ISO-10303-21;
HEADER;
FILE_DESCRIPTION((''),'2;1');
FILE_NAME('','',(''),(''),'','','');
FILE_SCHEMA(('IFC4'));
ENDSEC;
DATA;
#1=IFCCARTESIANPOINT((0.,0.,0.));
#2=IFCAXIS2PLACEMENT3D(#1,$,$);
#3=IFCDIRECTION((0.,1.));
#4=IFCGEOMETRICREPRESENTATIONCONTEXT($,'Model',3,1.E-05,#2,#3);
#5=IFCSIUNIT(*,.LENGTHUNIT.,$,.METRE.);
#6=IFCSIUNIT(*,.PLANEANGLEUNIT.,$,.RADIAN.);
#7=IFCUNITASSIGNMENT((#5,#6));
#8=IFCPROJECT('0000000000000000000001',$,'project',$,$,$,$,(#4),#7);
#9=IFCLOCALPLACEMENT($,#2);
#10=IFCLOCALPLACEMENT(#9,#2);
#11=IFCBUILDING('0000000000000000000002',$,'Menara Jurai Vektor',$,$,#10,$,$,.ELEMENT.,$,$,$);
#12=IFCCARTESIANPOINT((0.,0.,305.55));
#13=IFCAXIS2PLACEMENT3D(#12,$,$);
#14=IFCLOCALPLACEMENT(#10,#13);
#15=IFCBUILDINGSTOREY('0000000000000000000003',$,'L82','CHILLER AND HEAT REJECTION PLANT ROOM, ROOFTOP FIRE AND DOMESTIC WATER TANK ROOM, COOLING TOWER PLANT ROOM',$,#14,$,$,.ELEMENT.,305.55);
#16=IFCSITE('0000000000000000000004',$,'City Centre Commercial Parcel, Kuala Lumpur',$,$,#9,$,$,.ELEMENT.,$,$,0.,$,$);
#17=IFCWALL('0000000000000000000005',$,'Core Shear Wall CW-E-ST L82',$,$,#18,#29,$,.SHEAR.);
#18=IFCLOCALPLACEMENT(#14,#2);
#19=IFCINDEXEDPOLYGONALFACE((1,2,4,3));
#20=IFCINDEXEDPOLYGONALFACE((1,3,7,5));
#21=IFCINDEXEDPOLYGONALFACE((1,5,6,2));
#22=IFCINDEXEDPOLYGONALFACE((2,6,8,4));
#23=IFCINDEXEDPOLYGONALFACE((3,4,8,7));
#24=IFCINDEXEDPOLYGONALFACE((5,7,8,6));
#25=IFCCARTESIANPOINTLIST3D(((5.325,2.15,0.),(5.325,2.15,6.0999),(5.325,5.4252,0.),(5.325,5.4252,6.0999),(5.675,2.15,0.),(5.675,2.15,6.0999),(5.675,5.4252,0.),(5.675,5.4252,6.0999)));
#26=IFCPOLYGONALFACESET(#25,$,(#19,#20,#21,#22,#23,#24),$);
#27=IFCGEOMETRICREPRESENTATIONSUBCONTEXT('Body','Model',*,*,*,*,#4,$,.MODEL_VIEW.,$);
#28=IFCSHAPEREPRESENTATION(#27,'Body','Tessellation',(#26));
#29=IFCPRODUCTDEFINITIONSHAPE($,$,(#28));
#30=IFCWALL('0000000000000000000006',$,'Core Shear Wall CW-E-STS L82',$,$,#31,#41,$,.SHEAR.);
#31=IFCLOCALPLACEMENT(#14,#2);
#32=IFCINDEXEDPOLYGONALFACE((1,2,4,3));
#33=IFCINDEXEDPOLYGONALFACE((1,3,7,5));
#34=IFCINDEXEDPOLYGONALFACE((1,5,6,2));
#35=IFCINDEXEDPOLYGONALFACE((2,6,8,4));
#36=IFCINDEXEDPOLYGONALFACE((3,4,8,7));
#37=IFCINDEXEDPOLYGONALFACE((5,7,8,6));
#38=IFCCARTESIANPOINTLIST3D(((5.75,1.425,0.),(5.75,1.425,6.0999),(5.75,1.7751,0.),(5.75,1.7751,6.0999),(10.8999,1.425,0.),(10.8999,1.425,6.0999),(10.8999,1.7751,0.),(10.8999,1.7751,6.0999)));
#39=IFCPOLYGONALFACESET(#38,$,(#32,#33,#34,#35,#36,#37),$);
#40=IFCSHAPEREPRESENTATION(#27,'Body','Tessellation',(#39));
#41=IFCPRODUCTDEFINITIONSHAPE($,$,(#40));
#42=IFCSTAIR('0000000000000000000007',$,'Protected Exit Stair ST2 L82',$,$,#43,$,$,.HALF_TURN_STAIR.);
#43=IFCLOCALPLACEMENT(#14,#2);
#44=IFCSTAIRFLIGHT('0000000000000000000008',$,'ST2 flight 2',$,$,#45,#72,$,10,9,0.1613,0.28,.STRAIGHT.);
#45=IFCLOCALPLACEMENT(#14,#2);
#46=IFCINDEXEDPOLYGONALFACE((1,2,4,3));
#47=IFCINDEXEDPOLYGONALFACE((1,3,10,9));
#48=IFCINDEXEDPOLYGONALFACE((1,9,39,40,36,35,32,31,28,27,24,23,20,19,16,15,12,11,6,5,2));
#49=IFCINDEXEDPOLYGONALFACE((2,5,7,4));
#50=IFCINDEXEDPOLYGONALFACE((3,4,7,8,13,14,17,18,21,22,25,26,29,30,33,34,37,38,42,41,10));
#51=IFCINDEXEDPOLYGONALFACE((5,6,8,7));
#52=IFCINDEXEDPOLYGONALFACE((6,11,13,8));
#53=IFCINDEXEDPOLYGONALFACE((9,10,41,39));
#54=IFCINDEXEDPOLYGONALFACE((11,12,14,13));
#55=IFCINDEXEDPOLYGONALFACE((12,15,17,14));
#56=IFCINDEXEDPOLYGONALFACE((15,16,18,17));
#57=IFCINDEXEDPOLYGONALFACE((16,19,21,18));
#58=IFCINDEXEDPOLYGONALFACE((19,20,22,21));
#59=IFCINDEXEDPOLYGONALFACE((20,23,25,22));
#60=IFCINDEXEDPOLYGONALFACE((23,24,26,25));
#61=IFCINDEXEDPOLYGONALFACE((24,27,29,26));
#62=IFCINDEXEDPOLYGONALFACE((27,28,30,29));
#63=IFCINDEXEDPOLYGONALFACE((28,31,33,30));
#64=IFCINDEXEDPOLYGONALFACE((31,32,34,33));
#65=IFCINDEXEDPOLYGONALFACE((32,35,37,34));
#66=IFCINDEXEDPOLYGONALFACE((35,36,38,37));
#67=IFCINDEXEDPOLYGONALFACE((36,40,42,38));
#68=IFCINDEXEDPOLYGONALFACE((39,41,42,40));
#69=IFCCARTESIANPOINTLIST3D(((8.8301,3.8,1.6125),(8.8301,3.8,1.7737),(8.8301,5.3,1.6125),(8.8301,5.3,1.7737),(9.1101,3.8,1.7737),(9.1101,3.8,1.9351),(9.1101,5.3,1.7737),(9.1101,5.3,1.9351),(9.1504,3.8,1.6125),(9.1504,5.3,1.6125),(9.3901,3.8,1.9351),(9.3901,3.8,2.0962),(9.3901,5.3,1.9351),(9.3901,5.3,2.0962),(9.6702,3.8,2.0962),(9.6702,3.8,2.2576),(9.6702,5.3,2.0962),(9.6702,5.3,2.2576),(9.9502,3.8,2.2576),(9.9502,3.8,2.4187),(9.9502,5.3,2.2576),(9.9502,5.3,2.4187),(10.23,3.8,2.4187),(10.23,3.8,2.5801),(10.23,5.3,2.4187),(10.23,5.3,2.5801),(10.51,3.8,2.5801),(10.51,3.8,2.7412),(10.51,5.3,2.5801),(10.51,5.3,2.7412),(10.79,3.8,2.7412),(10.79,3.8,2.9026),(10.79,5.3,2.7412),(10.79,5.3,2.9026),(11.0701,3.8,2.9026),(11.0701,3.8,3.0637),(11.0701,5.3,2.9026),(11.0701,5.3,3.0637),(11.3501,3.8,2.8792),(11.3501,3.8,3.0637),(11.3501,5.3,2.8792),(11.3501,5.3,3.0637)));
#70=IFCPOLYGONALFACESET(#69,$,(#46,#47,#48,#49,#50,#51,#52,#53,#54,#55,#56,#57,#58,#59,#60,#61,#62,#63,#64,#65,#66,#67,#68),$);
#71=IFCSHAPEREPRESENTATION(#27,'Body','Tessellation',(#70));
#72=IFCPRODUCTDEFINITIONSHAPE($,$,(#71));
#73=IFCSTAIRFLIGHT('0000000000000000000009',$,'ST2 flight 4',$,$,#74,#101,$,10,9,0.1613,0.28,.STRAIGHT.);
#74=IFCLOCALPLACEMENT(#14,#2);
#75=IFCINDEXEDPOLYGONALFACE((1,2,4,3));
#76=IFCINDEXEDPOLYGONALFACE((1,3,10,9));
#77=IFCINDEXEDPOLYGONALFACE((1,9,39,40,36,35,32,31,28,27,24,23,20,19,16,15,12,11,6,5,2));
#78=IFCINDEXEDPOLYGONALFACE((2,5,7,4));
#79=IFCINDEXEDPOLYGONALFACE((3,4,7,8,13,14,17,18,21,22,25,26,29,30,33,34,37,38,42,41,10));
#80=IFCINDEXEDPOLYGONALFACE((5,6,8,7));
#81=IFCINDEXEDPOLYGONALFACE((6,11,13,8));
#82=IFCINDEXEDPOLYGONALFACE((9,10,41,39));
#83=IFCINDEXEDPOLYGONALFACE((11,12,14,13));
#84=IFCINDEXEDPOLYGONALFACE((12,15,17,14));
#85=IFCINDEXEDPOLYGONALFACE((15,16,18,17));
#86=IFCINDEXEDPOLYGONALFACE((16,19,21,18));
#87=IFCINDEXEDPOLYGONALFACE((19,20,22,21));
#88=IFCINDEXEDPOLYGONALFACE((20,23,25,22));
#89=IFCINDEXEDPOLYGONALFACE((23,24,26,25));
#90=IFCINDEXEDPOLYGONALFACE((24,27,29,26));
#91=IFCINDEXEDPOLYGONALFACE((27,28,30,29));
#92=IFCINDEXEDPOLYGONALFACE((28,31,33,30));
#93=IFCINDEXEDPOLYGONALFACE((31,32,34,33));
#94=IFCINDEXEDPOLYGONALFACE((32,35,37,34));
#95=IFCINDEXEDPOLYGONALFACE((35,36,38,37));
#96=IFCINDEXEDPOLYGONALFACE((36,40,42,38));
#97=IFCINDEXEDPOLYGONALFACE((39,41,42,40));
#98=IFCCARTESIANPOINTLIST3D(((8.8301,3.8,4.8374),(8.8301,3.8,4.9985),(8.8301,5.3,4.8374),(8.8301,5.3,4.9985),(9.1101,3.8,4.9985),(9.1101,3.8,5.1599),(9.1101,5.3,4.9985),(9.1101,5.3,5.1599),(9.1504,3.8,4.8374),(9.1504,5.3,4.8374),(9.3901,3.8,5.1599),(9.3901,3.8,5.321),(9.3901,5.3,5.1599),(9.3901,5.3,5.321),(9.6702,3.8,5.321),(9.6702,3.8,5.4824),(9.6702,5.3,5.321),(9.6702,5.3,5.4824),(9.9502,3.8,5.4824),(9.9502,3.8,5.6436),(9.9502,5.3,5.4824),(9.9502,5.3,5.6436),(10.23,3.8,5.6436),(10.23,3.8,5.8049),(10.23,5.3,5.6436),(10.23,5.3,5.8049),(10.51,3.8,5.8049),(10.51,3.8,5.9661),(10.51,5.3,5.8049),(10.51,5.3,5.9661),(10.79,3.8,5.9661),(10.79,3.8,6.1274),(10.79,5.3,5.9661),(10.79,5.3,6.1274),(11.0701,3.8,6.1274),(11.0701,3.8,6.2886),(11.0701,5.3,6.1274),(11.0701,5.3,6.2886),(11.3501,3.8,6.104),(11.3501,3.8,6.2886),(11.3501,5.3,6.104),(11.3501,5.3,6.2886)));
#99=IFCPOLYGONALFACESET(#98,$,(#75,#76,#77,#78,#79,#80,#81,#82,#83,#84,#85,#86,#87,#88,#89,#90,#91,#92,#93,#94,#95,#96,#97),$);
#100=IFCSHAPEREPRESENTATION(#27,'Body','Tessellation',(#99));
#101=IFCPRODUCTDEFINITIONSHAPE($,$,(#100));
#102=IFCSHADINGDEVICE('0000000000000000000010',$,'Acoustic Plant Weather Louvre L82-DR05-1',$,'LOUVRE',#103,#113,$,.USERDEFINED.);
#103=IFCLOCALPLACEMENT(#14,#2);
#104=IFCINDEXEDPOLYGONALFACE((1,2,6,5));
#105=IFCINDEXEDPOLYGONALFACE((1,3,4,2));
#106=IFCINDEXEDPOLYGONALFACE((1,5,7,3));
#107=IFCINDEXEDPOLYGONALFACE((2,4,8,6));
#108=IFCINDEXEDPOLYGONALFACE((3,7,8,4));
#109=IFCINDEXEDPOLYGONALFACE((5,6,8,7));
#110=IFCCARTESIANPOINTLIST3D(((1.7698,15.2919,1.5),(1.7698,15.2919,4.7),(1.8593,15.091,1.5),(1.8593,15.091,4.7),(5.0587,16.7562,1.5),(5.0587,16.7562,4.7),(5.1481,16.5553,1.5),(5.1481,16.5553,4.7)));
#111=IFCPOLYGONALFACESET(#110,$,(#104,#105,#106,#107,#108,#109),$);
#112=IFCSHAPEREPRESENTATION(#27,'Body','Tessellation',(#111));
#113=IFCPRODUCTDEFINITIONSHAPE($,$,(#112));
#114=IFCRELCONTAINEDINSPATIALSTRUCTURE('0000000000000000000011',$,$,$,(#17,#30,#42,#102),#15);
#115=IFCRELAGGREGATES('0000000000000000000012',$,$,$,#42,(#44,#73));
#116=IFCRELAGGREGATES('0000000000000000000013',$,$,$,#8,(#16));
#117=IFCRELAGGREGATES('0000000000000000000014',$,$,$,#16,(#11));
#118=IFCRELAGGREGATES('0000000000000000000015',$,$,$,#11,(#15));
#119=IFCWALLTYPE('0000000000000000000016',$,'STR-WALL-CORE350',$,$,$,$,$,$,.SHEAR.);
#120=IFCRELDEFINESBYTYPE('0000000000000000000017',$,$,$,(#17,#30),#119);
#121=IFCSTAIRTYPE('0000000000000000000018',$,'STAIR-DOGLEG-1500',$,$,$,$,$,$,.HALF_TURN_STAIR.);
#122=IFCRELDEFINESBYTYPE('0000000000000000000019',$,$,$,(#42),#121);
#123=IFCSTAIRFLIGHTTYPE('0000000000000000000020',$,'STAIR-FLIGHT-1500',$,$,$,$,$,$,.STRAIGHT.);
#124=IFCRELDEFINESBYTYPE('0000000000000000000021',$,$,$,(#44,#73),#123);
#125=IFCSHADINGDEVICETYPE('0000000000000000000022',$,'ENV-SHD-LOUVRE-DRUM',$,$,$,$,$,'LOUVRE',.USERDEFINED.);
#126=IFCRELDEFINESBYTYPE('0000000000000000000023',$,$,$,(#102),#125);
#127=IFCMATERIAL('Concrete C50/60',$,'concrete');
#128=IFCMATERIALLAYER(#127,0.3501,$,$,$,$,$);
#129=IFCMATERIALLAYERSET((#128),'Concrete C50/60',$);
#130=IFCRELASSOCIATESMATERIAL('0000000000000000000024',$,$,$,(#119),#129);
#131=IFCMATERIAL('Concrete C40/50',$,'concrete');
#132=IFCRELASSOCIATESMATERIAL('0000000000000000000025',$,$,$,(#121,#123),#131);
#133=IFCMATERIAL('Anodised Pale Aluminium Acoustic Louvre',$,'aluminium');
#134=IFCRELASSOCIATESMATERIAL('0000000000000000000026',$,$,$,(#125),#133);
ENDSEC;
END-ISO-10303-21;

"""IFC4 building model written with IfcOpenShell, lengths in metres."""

from ifc_helpers import new_model, si_unit, direction, frame, frame_2d, origin, origin_2d, place, context, subcontext, project, spatial, polyline, rectangle, outline, extrude, material, layer, layer_set, type_object, element, aggregate, save


model = new_model("IFC4")

# Units and contexts
model_context = context("Model", 3, precision=1e-05, world=origin(), true_north=direction((0.0, 1.0)))
body_context = subcontext(model_context, "Body", "Model", "MODEL_VIEW")
ifc_project = project(units=[si_unit("LENGTHUNIT", "METRE"), si_unit("PLANEANGLEUNIT", "RADIAN")], contexts=[model_context])

# Site, building, storey
site_placement = place(None, origin())
site = spatial("IfcSite", under=ifc_project, at=site_placement, Name="City Centre Commercial Parcel, Kuala Lumpur", CompositionType="ELEMENT", RefElevation=0.0)
building_placement = place(site_placement, origin())
building = spatial("IfcBuilding", under=site, at=building_placement, Name="Menara Jurai Vektor", CompositionType="ELEMENT")
storey_placement = place(building_placement, frame((0.0, 0.0, 305.55)))
storey = spatial("IfcBuildingStorey", under=building, at=storey_placement, Name="L82", Description="CHILLER AND HEAT REJECTION PLANT ROOM, ROOFTOP FIRE AND DOMESTIC WATER TANK ROOM, COOLING TOWER PLANT ROOM", CompositionType="ELEMENT", Elevation=305.55)

# Shared definitions
ifc_material_1 = material(Name="Concrete C50/60", Category="concrete")

# Shared definitions
ifc_material_2 = material(Name="Concrete C40/50", Category="concrete")

# Walls
ifc_layer_1 = layer(ifc_material_1, 0.3501)
ifc_layer_set_1 = layer_set([ifc_layer_1], Name="Concrete C50/60")
wall_type_1 = type_object("IfcWallType", Name="STR-WALL-CORE350", PredefinedType="SHEAR", material=ifc_layer_set_1)
wall_1_placement = place(storey_placement, frame((5.5, 2.1499, 0.0), z_axis=(0.0, 0.0, 1.0), x_axis=(0.0, 1.0, 0.0)))
element("IfcWall", 1, at=wall_1_placement, inside=storey, type_object=wall_type_1, Name="Core Shear Wall CW-E-ST L82", PredefinedType="SHEAR", context=body_context, shape_type="SweptSolid", body=[
    extrude(rectangle(XDim=3.2751, YDim=0.3501, at=frame_2d((1.6377, 0.0))), origin(), (0.0, 0.0, 1.0), 6.0999),
])
wall_2_placement = place(storey_placement, frame((5.75, 1.6001, 0.0), z_axis=(0.0, 0.0, 1.0), x_axis=(1.0, 0.0, 0.0)))
element("IfcWall", 2, at=wall_2_placement, inside=storey, type_object=wall_type_1, Name="Core Shear Wall CW-E-STS L82", PredefinedType="SHEAR", context=body_context, shape_type="SweptSolid", body=[
    extrude(rectangle(XDim=5.1499, YDim=0.3501, at=frame_2d((2.575, 0.0))), origin(), (0.0, 0.0, 1.0), 6.0999),
])

# Stair, stair flights
stair_type = type_object("IfcStairType", Name="STAIR-DOGLEG-1500", PredefinedType="HALF_TURN_STAIR", material=ifc_material_2)
stair_placement = place(storey_placement, origin())
stair = element("IfcStair", 3, at=stair_placement, inside=storey, type_object=stair_type, Name="Protected Exit Stair ST2 L82", PredefinedType="HALF_TURN_STAIR")
stair_flight_type = type_object("IfcStairFlightType", Name="STAIR-FLIGHT-1500", PredefinedType="STRAIGHT", material=ifc_material_2)
stair_flight_1_placement = place(storey_placement, frame((8.8301, 4.55, 1.6125), z_axis=(0.0, 0.0, 1.0), x_axis=(1.0, 0.0, 0.0)))
stair_flight_1 = element("IfcStairFlight", 4, at=stair_flight_1_placement, type_object=stair_flight_type, Name="ST2 flight 2", NumberOfRisers=10, NumberOfTreads=9, PredefinedType="STRAIGHT", RiserHeight=0.1613, TreadLength=0.28, context=body_context, shape_type="SweptSolid", body=[
    extrude(outline(polyline([(0.0, 0.0), (0.0, 0.1611), (0.28, 0.1611), (0.28, 0.3225), (0.5601, 0.3225), (0.5601, 0.4836), (0.8401, 0.4836), (0.8401, 0.645), (1.1201, 0.645), (1.1201, 0.8062), (1.3999, 0.8062), (1.3999, 0.9675), (1.6799, 0.9675), (1.6799, 1.1287), (1.96, 1.1287), (1.96, 1.29), (2.24, 1.29), (2.24, 1.4512), (2.52, 1.4512), (2.52, 1.6125), (2.52, 1.2666), (0.3203, 0.0), (0.0, 0.0)])), frame((0.0, 0.75, 0.0), z_axis=(0.0, -1.0, 0.0), x_axis=(1.0, 0.0, 0.0)), (0.0, 0.0, 1.0), 1.5),
])
stair_flight_2_placement = place(storey_placement, frame((8.8301, 4.55, 4.8374), z_axis=(0.0, 0.0, 1.0), x_axis=(1.0, 0.0, 0.0)))
stair_flight_2 = element("IfcStairFlight", 5, at=stair_flight_2_placement, type_object=stair_flight_type, Name="ST2 flight 4", NumberOfRisers=10, NumberOfTreads=9, PredefinedType="STRAIGHT", RiserHeight=0.1613, TreadLength=0.28, context=body_context, shape_type="SweptSolid", body=[
    extrude(outline(polyline([(0.0, 0.0), (0.0, 0.1611), (0.28, 0.1611), (0.28, 0.3225), (0.5601, 0.3225), (0.5601, 0.4836), (0.8401, 0.4836), (0.8401, 0.645), (1.1201, 0.645), (1.1201, 0.8062), (1.3999, 0.8062), (1.3999, 0.9675), (1.6799, 0.9675), (1.6799, 1.1287), (1.96, 1.1287), (1.96, 1.29), (2.24, 1.29), (2.24, 1.4512), (2.52, 1.4512), (2.52, 1.6125), (2.52, 1.2666), (0.3203, 0.0), (0.0, 0.0)])), frame((0.0, 0.75, 0.0), z_axis=(0.0, -1.0, 0.0), x_axis=(1.0, 0.0, 0.0)), (0.0, 0.0, 1.0), 1.5),
])
aggregate(stair, [stair_flight_1, stair_flight_2])

# Shading device
ifc_material_3 = material(Name="Anodised Pale Aluminium Acoustic Louvre", Category="aluminium")
shading_device_type = type_object("IfcShadingDeviceType", Name="ENV-SHD-LOUVRE-DRUM", ElementType="LOUVRE", PredefinedType="USERDEFINED", material=ifc_material_3)
shading_device_placement = place(storey_placement, frame((3.459, 15.9236, 1.5), z_axis=(0.0, 0.0, 1.0), x_axis=(-0.913545, -0.406737, 0.0)))
element("IfcShadingDevice", 6, at=shading_device_placement, inside=storey, type_object=shading_device_type, Name="Acoustic Plant Weather Louvre L82-DR05-1", ObjectType="LOUVRE", PredefinedType="USERDEFINED", context=body_context, shape_type="SweptSolid", body=[
    extrude(rectangle(XDim=3.6001, YDim=0.22, at=origin_2d()), origin(), (0.0, 0.0, 1.0), 3.2),
])

save(model, "model.ifc")
